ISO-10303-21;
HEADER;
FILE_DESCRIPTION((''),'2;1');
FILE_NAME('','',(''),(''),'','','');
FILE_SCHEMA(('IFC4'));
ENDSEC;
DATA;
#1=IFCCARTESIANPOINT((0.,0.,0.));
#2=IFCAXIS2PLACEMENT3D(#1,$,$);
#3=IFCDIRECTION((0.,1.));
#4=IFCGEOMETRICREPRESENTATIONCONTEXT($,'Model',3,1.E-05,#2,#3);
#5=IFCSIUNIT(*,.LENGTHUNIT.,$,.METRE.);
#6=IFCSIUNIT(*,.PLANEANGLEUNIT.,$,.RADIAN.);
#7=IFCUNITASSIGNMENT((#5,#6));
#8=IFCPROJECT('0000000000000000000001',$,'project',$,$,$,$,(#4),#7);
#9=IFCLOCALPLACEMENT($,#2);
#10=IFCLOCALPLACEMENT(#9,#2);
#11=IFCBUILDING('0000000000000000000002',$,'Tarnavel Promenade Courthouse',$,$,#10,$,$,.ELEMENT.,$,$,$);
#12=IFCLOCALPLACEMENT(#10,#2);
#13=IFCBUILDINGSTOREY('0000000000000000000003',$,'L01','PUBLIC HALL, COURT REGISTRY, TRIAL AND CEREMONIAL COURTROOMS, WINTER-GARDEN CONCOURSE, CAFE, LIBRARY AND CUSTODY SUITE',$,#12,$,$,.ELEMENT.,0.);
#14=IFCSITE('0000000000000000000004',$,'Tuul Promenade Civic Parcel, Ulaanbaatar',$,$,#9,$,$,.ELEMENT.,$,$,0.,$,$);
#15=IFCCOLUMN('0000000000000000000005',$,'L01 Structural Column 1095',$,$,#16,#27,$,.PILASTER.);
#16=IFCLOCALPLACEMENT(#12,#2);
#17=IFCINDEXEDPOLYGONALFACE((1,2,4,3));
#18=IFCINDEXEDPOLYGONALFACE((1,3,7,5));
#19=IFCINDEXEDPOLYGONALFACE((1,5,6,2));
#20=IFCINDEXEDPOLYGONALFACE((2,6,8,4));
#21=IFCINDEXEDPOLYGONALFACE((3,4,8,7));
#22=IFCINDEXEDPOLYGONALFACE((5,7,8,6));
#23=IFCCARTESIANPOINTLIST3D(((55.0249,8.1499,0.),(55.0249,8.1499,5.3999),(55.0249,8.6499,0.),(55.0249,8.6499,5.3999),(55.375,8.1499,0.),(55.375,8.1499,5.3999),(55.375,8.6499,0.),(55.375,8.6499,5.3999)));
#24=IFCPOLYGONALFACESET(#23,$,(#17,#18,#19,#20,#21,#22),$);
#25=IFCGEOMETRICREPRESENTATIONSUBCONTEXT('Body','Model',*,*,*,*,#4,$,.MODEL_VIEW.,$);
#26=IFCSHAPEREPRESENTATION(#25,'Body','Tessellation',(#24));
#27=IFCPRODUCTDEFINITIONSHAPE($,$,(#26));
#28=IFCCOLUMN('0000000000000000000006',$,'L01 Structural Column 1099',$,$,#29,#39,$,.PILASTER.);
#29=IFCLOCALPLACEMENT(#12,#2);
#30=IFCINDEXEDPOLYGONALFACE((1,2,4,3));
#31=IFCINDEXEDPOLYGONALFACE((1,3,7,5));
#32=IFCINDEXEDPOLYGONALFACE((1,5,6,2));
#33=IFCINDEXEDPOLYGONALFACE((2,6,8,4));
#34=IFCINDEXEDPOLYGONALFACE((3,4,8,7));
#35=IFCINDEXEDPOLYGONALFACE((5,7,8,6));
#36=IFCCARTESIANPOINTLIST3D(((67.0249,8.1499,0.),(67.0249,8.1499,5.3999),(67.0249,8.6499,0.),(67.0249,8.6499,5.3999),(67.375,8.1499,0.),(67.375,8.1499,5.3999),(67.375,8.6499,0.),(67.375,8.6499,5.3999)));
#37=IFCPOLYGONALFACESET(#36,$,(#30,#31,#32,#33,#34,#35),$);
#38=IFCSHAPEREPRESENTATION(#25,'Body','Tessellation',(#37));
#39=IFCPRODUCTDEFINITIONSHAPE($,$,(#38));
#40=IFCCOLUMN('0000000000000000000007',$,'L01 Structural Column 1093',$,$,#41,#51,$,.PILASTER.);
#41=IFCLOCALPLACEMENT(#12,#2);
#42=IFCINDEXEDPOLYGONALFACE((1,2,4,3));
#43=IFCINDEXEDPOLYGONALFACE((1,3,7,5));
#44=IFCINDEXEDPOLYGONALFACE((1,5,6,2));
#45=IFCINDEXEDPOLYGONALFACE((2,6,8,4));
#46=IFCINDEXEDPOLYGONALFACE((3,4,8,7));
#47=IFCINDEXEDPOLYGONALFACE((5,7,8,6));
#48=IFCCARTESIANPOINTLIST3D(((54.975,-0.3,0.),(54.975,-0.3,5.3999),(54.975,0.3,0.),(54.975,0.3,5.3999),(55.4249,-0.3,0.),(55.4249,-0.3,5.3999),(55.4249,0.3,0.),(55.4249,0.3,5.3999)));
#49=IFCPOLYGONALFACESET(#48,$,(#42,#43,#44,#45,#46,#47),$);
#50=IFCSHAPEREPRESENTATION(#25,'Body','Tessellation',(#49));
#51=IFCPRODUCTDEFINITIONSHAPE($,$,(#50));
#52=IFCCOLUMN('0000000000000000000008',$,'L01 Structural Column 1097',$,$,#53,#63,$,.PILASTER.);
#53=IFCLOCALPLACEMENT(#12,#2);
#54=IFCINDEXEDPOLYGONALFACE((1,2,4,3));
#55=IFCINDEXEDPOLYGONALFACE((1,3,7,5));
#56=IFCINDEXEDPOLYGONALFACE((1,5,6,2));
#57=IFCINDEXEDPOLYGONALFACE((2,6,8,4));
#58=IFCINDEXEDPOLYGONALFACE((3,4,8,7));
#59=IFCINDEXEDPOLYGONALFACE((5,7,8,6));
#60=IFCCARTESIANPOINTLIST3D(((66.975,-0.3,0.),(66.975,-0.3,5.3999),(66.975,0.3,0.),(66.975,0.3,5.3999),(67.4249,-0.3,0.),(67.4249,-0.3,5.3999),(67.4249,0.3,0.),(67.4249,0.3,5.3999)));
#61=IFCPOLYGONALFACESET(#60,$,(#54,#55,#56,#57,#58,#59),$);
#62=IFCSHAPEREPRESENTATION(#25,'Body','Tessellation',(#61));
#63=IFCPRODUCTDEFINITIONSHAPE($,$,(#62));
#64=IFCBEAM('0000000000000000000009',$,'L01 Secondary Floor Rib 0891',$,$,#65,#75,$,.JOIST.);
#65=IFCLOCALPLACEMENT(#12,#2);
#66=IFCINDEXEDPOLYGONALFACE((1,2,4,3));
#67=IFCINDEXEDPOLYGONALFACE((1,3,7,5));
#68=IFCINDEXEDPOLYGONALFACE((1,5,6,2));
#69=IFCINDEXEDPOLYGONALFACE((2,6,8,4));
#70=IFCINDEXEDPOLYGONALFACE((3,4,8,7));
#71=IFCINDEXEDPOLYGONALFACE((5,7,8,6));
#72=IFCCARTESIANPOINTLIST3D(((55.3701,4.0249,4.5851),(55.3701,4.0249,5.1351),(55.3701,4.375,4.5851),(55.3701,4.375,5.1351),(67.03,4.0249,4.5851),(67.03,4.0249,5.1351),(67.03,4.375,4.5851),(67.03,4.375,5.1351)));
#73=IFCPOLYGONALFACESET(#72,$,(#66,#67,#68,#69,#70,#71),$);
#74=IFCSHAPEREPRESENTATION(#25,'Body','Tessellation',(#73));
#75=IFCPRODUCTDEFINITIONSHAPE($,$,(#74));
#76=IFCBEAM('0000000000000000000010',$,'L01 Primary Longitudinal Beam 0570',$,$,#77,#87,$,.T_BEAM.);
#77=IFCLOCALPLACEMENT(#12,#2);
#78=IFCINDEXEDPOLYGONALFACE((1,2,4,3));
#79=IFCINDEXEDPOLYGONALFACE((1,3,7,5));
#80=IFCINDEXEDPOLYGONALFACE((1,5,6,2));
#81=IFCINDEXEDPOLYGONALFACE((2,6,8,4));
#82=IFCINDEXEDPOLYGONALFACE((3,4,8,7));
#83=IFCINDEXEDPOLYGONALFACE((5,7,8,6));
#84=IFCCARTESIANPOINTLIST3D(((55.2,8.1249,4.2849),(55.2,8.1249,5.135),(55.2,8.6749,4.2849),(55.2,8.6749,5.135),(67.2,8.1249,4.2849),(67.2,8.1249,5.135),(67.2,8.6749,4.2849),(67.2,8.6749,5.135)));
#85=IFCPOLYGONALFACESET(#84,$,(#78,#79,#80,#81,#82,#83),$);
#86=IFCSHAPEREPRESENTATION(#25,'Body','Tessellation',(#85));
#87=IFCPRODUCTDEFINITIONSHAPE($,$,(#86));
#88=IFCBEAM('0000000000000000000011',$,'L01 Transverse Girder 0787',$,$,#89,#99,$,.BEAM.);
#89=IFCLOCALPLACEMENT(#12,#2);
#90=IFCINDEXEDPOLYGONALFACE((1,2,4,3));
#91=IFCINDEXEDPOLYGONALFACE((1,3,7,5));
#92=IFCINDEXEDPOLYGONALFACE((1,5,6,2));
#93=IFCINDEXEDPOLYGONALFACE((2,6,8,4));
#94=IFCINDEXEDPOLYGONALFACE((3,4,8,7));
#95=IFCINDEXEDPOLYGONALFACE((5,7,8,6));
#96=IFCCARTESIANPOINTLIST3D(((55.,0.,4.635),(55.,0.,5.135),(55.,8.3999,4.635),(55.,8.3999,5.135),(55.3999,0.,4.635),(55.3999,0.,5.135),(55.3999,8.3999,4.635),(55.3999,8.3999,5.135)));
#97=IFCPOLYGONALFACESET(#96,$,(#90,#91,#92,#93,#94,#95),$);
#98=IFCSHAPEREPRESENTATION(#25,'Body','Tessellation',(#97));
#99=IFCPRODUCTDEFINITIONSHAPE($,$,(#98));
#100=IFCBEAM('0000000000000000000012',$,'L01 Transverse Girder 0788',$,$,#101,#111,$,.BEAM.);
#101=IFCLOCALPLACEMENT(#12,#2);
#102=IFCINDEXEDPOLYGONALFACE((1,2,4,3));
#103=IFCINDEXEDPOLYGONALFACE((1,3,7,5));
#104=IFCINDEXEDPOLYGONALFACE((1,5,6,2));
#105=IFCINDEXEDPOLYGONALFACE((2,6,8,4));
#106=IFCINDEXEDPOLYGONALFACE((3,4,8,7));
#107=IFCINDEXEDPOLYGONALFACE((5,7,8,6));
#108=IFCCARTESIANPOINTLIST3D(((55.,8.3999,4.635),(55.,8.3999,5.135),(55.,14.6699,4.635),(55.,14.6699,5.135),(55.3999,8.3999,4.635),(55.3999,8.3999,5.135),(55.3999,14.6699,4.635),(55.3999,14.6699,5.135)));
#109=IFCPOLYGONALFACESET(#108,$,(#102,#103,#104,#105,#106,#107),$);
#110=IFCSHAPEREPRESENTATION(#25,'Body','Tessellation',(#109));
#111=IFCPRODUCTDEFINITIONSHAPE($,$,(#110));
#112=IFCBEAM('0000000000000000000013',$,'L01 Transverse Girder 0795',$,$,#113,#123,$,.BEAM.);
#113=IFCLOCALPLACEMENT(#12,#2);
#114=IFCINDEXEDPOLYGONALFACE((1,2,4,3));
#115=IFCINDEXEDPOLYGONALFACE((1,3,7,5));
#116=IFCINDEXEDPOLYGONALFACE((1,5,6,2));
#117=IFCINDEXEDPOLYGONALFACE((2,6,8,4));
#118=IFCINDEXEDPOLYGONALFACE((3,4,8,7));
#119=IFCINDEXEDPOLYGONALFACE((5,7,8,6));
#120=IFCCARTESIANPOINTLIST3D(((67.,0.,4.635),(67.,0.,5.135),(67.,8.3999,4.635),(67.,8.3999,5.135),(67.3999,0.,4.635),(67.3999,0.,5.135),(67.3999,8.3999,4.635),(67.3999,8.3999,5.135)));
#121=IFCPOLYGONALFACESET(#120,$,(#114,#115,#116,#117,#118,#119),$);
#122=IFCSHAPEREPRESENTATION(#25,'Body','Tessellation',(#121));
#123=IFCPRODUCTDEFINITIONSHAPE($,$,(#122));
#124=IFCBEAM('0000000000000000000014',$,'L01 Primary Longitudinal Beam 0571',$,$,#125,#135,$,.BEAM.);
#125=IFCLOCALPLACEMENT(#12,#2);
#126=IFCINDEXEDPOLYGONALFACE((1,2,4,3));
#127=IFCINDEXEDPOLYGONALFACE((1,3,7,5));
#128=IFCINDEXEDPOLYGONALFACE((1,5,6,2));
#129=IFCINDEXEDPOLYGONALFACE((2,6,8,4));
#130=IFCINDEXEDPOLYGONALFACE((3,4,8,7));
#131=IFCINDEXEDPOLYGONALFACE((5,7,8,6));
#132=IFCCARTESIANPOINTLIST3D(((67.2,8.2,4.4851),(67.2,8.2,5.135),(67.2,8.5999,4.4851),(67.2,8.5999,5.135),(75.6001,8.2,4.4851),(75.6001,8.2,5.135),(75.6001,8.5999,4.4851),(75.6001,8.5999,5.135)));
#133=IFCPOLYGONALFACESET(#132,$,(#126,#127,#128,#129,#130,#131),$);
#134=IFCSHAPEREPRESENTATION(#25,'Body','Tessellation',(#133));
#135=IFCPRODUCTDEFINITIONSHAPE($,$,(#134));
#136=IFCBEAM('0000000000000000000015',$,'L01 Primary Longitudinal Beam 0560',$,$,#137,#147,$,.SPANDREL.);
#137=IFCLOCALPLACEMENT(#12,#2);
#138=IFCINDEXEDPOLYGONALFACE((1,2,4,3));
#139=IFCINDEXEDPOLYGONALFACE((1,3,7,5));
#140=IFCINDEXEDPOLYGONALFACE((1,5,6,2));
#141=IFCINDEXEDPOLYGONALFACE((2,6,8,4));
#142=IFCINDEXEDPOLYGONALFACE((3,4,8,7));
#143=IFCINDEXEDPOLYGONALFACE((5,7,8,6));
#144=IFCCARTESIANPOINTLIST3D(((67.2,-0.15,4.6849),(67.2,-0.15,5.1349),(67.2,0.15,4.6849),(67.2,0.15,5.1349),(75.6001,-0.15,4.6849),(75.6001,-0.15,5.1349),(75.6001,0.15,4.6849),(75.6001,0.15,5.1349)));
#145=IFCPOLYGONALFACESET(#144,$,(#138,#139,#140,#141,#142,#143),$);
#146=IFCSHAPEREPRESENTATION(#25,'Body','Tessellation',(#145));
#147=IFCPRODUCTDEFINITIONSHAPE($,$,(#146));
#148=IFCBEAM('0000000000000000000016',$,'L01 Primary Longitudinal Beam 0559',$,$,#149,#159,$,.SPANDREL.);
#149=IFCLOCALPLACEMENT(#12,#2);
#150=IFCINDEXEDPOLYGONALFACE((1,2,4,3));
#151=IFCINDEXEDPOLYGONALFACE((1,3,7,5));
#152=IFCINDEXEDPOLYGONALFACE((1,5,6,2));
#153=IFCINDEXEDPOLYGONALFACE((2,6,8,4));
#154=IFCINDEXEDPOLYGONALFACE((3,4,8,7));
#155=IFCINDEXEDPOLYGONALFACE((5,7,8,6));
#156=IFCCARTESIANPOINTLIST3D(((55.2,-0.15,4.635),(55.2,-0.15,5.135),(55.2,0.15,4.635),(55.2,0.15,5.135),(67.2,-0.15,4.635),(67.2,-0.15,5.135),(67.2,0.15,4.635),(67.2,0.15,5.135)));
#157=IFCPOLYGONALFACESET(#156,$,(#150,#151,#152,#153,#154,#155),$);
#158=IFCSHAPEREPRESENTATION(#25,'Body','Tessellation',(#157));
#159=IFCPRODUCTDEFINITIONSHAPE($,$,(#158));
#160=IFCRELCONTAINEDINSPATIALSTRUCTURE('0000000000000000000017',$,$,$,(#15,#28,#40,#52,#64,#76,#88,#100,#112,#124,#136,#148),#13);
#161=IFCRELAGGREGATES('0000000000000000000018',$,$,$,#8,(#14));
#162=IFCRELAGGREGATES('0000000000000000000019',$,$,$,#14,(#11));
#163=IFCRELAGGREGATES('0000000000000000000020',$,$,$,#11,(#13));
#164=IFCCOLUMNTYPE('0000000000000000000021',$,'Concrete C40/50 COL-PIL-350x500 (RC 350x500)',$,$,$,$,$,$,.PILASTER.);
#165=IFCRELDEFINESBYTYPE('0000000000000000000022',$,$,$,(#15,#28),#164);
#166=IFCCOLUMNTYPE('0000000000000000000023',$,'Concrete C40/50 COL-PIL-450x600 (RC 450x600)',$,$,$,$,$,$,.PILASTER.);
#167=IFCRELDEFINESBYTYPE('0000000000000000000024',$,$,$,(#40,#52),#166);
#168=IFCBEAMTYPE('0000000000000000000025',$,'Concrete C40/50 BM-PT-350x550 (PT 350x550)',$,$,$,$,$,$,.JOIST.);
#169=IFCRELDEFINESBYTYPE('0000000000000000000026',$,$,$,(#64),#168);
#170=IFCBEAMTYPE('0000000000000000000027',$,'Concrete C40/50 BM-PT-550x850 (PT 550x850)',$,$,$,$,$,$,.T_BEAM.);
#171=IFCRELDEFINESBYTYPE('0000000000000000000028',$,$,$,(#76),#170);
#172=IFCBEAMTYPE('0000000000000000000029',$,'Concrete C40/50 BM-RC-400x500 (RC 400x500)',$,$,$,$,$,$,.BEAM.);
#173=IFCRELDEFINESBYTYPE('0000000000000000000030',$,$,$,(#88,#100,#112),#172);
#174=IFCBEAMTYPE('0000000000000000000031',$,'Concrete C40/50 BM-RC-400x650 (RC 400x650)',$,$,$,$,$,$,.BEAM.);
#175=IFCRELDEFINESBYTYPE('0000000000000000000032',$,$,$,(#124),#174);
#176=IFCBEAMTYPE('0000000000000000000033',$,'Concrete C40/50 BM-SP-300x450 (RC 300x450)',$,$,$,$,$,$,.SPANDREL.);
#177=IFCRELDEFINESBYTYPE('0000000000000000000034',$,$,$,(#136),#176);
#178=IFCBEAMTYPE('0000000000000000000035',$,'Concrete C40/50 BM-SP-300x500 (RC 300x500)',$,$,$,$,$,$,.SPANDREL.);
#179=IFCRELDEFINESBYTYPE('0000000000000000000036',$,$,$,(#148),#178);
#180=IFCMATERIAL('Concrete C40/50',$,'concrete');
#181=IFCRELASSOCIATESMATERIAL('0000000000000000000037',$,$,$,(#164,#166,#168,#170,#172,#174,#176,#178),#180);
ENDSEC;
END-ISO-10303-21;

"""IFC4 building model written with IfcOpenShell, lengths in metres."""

from ifc_helpers import new_model, si_unit, direction, frame, origin, origin_2d, place, context, subcontext, project, spatial, rectangle, extrude, material, material_profile, profile_set, type_object, element, save


model = new_model("IFC4")

# Units and contexts
model_context = context("Model", 3, precision=1e-05, world=origin(), true_north=direction((0.0, 1.0)))
body_context = subcontext(model_context, "Body", "Model", "MODEL_VIEW")
ifc_project = project(units=[si_unit("LENGTHUNIT", "METRE"), si_unit("PLANEANGLEUNIT", "RADIAN")], contexts=[model_context])

# Site, building, storey
site_placement = place(None, origin())
site = spatial("IfcSite", under=ifc_project, at=site_placement, Name="Tuul Promenade Civic Parcel, Ulaanbaatar", CompositionType="ELEMENT", RefElevation=0.0)
building_placement = place(site_placement, origin())
building = spatial("IfcBuilding", under=site, at=building_placement, Name="Tarnavel Promenade Courthouse", CompositionType="ELEMENT")
storey_placement = place(building_placement, origin())
storey = spatial("IfcBuildingStorey", under=building, at=storey_placement, Name="L01", Description="PUBLIC HALL, COURT REGISTRY, TRIAL AND CEREMONIAL COURTROOMS, WINTER-GARDEN CONCOURSE, CAFE, LIBRARY AND CUSTODY SUITE", CompositionType="ELEMENT", Elevation=0.0)

# Columns
ifc_material_1 = material(Name="Concrete C40/50", Category="concrete")
ifc_material_profile_1 = material_profile(ifc_material_1, rectangle(XDim=0.3501, YDim=0.5, at=origin_2d()), Name="RC 350x500")
ifc_profile_set_1 = profile_set([ifc_material_profile_1], Name="Concrete C40/50")
column_type_1 = type_object("IfcColumnType", Name="Concrete C40/50 COL-PIL-350x500 (RC 350x500)", PredefinedType="PILASTER", material=ifc_profile_set_1)
for number, where, z_axis, x_axis, name in (
    (1, (55.2, 8.3999, 0.0), (0.0, 0.0, 1.0), (1.0, 0.0, 0.0), "L01 Structural Column 1095"),
    (2, (67.2, 8.3999, 0.0), (0.0, 0.0, 1.0), (1.0, 0.0, 0.0), "L01 Structural Column 1099"),
):
    element("IfcColumn", number, at=place(storey_placement, frame(where, z_axis=z_axis, x_axis=x_axis)), inside=storey, type_object=column_type_1, Name=name, PredefinedType="PILASTER", context=body_context, shape_type="SweptSolid", body=[
        extrude(rectangle(XDim=0.3501, YDim=0.5, at=origin_2d()), origin(), (0.0, 0.0, 1.0), 5.3999),
    ])
ifc_material_profile_2 = material_profile(ifc_material_1, rectangle(XDim=0.45, YDim=0.6001, at=origin_2d()), Name="RC 450x600")
ifc_profile_set_2 = profile_set([ifc_material_profile_2], Name="Concrete C40/50")
column_type_2 = type_object("IfcColumnType", Name="Concrete C40/50 COL-PIL-450x600 (RC 450x600)", PredefinedType="PILASTER", material=ifc_profile_set_2)
for number, where, z_axis, x_axis, name in (
    (3, (55.2, 0.0, 0.0), (0.0, 0.0, 1.0), (1.0, 0.0, 0.0), "L01 Structural Column 1093"),
    (4, (67.2, 0.0, 0.0), (0.0, 0.0, 1.0), (1.0, 0.0, 0.0), "L01 Structural Column 1097"),
):
    element("IfcColumn", number, at=place(storey_placement, frame(where, z_axis=z_axis, x_axis=x_axis)), inside=storey, type_object=column_type_2, Name=name, PredefinedType="PILASTER", context=body_context, shape_type="SweptSolid", body=[
        extrude(rectangle(XDim=0.45, YDim=0.6001, at=origin_2d()), origin(), (0.0, 0.0, 1.0), 5.3999),
    ])

# Beams
ifc_material_profile_3 = material_profile(ifc_material_1, rectangle(XDim=0.3501, YDim=0.55, at=origin_2d()), Name="PT 350x550")
ifc_profile_set_3 = profile_set([ifc_material_profile_3], Name="Concrete C40/50")
beam_type_1 = type_object("IfcBeamType", Name="Concrete C40/50 BM-PT-350x550 (PT 350x550)", PredefinedType="JOIST", material=ifc_profile_set_3)
beam_1_placement = place(storey_placement, frame((55.3701, 4.2, 4.8601), z_axis=(1.0, 0.0, 0.0), x_axis=(0.0, 1.0, 0.0)))
element("IfcBeam", 5, at=beam_1_placement, inside=storey, type_object=beam_type_1, Name="L01 Secondary Floor Rib 0891", PredefinedType="JOIST", context=body_context, shape_type="SweptSolid", body=[
    extrude(rectangle(XDim=0.3501, YDim=0.55, at=origin_2d()), origin(), (0.0, 0.0, 1.0), 11.6599),
])
ifc_material_profile_4 = material_profile(ifc_material_1, rectangle(XDim=0.55, YDim=0.8501, at=origin_2d()), Name="PT 550x850")
ifc_profile_set_4 = profile_set([ifc_material_profile_4], Name="Concrete C40/50")
beam_type_2 = type_object("IfcBeamType", Name="Concrete C40/50 BM-PT-550x850 (PT 550x850)", PredefinedType="T_BEAM", material=ifc_profile_set_4)
beam_2_placement = place(storey_placement, frame((55.2, 8.3999, 4.71), z_axis=(1.0, 0.0, 0.0), x_axis=(0.0, 1.0, 0.0)))
element("IfcBeam", 6, at=beam_2_placement, inside=storey, type_object=beam_type_2, Name="L01 Primary Longitudinal Beam 0570", PredefinedType="T_BEAM", context=body_context, shape_type="SweptSolid", body=[
    extrude(rectangle(XDim=0.55, YDim=0.8501, at=origin_2d()), origin(), (0.0, 0.0, 1.0), 12.0),
])
ifc_material_profile_5 = material_profile(ifc_material_1, rectangle(XDim=0.3999, YDim=0.5, at=origin_2d()), Name="RC 400x500")
ifc_profile_set_5 = profile_set([ifc_material_profile_5], Name="Concrete C40/50")
beam_type_3 = type_object("IfcBeamType", Name="Concrete C40/50 BM-RC-400x500 (RC 400x500)", PredefinedType="BEAM", material=ifc_profile_set_5)
beam_3_placement = place(storey_placement, frame((55.2, 0.0, 4.885), z_axis=(0.0, 1.0, 0.0), x_axis=(-1.0, 0.0, 0.0)))
element("IfcBeam", 7, at=beam_3_placement, inside=storey, type_object=beam_type_3, Name="L01 Transverse Girder 0787", PredefinedType="BEAM", context=body_context, shape_type="SweptSolid", body=[
    extrude(rectangle(XDim=0.3999, YDim=0.5, at=origin_2d()), origin(), (0.0, 0.0, 1.0), 8.3999),
])
beam_4_placement = place(storey_placement, frame((55.2, 8.3999, 4.885), z_axis=(0.0, 1.0, 0.0), x_axis=(-1.0, 0.0, 0.0)))
element("IfcBeam", 8, at=beam_4_placement, inside=storey, type_object=beam_type_3, Name="L01 Transverse Girder 0788", PredefinedType="BEAM", context=body_context, shape_type="SweptSolid", body=[
    extrude(rectangle(XDim=0.3999, YDim=0.5, at=origin_2d()), origin(), (0.0, 0.0, 1.0), 6.27),
])
beam_5_placement = place(storey_placement, frame((67.2, 0.0, 4.885), z_axis=(0.0, 1.0, 0.0), x_axis=(-1.0, 0.0, 0.0)))
element("IfcBeam", 9, at=beam_5_placement, inside=storey, type_object=beam_type_3, Name="L01 Transverse Girder 0795", PredefinedType="BEAM", context=body_context, shape_type="SweptSolid", body=[
    extrude(rectangle(XDim=0.3999, YDim=0.5, at=origin_2d()), origin(), (0.0, 0.0, 1.0), 8.3999),
])
ifc_material_profile_6 = material_profile(ifc_material_1, rectangle(XDim=0.3999, YDim=0.6499, at=origin_2d()), Name="RC 400x650")
ifc_profile_set_6 = profile_set([ifc_material_profile_6], Name="Concrete C40/50")
beam_type_4 = type_object("IfcBeamType", Name="Concrete C40/50 BM-RC-400x650 (RC 400x650)", PredefinedType="BEAM", material=ifc_profile_set_6)
beam_6_placement = place(storey_placement, frame((67.2, 8.3999, 4.8101), z_axis=(1.0, 0.0, 0.0), x_axis=(0.0, 1.0, 0.0)))
element("IfcBeam", 10, at=beam_6_placement, inside=storey, type_object=beam_type_4, Name="L01 Primary Longitudinal Beam 0571", PredefinedType="BEAM", context=body_context, shape_type="SweptSolid", body=[
    extrude(rectangle(XDim=0.3999, YDim=0.6499, at=origin_2d()), origin(), (0.0, 0.0, 1.0), 8.4001),
])
ifc_material_profile_7 = material_profile(ifc_material_1, rectangle(XDim=0.3, YDim=0.45, at=origin_2d()), Name="RC 300x450")
ifc_profile_set_7 = profile_set([ifc_material_profile_7], Name="Concrete C40/50")
beam_type_5 = type_object("IfcBeamType", Name="Concrete C40/50 BM-SP-300x450 (RC 300x450)", PredefinedType="SPANDREL", material=ifc_profile_set_7)
beam_7_placement = place(storey_placement, frame((67.2, 0.0, 4.9099), z_axis=(1.0, 0.0, 0.0), x_axis=(0.0, 1.0, 0.0)))
element("IfcBeam", 11, at=beam_7_placement, inside=storey, type_object=beam_type_5, Name="L01 Primary Longitudinal Beam 0560", PredefinedType="SPANDREL", context=body_context, shape_type="SweptSolid", body=[
    extrude(rectangle(XDim=0.3, YDim=0.45, at=origin_2d()), origin(), (0.0, 0.0, 1.0), 8.4001),
])
ifc_material_profile_8 = material_profile(ifc_material_1, rectangle(XDim=0.3, YDim=0.5, at=origin_2d()), Name="RC 300x500")
ifc_profile_set_8 = profile_set([ifc_material_profile_8], Name="Concrete C40/50")
beam_type_6 = type_object("IfcBeamType", Name="Concrete C40/50 BM-SP-300x500 (RC 300x500)", PredefinedType="SPANDREL", material=ifc_profile_set_8)
beam_8_placement = place(storey_placement, frame((55.2, 0.0, 4.885), z_axis=(1.0, 0.0, 0.0), x_axis=(0.0, 1.0, 0.0)))
element("IfcBeam", 12, at=beam_8_placement, inside=storey, type_object=beam_type_6, Name="L01 Primary Longitudinal Beam 0559", PredefinedType="SPANDREL", context=body_context, shape_type="SweptSolid", body=[
    extrude(rectangle(XDim=0.3, YDim=0.5, at=origin_2d()), origin(), (0.0, 0.0, 1.0), 12.0),
])

save(model, "model.ifc")
